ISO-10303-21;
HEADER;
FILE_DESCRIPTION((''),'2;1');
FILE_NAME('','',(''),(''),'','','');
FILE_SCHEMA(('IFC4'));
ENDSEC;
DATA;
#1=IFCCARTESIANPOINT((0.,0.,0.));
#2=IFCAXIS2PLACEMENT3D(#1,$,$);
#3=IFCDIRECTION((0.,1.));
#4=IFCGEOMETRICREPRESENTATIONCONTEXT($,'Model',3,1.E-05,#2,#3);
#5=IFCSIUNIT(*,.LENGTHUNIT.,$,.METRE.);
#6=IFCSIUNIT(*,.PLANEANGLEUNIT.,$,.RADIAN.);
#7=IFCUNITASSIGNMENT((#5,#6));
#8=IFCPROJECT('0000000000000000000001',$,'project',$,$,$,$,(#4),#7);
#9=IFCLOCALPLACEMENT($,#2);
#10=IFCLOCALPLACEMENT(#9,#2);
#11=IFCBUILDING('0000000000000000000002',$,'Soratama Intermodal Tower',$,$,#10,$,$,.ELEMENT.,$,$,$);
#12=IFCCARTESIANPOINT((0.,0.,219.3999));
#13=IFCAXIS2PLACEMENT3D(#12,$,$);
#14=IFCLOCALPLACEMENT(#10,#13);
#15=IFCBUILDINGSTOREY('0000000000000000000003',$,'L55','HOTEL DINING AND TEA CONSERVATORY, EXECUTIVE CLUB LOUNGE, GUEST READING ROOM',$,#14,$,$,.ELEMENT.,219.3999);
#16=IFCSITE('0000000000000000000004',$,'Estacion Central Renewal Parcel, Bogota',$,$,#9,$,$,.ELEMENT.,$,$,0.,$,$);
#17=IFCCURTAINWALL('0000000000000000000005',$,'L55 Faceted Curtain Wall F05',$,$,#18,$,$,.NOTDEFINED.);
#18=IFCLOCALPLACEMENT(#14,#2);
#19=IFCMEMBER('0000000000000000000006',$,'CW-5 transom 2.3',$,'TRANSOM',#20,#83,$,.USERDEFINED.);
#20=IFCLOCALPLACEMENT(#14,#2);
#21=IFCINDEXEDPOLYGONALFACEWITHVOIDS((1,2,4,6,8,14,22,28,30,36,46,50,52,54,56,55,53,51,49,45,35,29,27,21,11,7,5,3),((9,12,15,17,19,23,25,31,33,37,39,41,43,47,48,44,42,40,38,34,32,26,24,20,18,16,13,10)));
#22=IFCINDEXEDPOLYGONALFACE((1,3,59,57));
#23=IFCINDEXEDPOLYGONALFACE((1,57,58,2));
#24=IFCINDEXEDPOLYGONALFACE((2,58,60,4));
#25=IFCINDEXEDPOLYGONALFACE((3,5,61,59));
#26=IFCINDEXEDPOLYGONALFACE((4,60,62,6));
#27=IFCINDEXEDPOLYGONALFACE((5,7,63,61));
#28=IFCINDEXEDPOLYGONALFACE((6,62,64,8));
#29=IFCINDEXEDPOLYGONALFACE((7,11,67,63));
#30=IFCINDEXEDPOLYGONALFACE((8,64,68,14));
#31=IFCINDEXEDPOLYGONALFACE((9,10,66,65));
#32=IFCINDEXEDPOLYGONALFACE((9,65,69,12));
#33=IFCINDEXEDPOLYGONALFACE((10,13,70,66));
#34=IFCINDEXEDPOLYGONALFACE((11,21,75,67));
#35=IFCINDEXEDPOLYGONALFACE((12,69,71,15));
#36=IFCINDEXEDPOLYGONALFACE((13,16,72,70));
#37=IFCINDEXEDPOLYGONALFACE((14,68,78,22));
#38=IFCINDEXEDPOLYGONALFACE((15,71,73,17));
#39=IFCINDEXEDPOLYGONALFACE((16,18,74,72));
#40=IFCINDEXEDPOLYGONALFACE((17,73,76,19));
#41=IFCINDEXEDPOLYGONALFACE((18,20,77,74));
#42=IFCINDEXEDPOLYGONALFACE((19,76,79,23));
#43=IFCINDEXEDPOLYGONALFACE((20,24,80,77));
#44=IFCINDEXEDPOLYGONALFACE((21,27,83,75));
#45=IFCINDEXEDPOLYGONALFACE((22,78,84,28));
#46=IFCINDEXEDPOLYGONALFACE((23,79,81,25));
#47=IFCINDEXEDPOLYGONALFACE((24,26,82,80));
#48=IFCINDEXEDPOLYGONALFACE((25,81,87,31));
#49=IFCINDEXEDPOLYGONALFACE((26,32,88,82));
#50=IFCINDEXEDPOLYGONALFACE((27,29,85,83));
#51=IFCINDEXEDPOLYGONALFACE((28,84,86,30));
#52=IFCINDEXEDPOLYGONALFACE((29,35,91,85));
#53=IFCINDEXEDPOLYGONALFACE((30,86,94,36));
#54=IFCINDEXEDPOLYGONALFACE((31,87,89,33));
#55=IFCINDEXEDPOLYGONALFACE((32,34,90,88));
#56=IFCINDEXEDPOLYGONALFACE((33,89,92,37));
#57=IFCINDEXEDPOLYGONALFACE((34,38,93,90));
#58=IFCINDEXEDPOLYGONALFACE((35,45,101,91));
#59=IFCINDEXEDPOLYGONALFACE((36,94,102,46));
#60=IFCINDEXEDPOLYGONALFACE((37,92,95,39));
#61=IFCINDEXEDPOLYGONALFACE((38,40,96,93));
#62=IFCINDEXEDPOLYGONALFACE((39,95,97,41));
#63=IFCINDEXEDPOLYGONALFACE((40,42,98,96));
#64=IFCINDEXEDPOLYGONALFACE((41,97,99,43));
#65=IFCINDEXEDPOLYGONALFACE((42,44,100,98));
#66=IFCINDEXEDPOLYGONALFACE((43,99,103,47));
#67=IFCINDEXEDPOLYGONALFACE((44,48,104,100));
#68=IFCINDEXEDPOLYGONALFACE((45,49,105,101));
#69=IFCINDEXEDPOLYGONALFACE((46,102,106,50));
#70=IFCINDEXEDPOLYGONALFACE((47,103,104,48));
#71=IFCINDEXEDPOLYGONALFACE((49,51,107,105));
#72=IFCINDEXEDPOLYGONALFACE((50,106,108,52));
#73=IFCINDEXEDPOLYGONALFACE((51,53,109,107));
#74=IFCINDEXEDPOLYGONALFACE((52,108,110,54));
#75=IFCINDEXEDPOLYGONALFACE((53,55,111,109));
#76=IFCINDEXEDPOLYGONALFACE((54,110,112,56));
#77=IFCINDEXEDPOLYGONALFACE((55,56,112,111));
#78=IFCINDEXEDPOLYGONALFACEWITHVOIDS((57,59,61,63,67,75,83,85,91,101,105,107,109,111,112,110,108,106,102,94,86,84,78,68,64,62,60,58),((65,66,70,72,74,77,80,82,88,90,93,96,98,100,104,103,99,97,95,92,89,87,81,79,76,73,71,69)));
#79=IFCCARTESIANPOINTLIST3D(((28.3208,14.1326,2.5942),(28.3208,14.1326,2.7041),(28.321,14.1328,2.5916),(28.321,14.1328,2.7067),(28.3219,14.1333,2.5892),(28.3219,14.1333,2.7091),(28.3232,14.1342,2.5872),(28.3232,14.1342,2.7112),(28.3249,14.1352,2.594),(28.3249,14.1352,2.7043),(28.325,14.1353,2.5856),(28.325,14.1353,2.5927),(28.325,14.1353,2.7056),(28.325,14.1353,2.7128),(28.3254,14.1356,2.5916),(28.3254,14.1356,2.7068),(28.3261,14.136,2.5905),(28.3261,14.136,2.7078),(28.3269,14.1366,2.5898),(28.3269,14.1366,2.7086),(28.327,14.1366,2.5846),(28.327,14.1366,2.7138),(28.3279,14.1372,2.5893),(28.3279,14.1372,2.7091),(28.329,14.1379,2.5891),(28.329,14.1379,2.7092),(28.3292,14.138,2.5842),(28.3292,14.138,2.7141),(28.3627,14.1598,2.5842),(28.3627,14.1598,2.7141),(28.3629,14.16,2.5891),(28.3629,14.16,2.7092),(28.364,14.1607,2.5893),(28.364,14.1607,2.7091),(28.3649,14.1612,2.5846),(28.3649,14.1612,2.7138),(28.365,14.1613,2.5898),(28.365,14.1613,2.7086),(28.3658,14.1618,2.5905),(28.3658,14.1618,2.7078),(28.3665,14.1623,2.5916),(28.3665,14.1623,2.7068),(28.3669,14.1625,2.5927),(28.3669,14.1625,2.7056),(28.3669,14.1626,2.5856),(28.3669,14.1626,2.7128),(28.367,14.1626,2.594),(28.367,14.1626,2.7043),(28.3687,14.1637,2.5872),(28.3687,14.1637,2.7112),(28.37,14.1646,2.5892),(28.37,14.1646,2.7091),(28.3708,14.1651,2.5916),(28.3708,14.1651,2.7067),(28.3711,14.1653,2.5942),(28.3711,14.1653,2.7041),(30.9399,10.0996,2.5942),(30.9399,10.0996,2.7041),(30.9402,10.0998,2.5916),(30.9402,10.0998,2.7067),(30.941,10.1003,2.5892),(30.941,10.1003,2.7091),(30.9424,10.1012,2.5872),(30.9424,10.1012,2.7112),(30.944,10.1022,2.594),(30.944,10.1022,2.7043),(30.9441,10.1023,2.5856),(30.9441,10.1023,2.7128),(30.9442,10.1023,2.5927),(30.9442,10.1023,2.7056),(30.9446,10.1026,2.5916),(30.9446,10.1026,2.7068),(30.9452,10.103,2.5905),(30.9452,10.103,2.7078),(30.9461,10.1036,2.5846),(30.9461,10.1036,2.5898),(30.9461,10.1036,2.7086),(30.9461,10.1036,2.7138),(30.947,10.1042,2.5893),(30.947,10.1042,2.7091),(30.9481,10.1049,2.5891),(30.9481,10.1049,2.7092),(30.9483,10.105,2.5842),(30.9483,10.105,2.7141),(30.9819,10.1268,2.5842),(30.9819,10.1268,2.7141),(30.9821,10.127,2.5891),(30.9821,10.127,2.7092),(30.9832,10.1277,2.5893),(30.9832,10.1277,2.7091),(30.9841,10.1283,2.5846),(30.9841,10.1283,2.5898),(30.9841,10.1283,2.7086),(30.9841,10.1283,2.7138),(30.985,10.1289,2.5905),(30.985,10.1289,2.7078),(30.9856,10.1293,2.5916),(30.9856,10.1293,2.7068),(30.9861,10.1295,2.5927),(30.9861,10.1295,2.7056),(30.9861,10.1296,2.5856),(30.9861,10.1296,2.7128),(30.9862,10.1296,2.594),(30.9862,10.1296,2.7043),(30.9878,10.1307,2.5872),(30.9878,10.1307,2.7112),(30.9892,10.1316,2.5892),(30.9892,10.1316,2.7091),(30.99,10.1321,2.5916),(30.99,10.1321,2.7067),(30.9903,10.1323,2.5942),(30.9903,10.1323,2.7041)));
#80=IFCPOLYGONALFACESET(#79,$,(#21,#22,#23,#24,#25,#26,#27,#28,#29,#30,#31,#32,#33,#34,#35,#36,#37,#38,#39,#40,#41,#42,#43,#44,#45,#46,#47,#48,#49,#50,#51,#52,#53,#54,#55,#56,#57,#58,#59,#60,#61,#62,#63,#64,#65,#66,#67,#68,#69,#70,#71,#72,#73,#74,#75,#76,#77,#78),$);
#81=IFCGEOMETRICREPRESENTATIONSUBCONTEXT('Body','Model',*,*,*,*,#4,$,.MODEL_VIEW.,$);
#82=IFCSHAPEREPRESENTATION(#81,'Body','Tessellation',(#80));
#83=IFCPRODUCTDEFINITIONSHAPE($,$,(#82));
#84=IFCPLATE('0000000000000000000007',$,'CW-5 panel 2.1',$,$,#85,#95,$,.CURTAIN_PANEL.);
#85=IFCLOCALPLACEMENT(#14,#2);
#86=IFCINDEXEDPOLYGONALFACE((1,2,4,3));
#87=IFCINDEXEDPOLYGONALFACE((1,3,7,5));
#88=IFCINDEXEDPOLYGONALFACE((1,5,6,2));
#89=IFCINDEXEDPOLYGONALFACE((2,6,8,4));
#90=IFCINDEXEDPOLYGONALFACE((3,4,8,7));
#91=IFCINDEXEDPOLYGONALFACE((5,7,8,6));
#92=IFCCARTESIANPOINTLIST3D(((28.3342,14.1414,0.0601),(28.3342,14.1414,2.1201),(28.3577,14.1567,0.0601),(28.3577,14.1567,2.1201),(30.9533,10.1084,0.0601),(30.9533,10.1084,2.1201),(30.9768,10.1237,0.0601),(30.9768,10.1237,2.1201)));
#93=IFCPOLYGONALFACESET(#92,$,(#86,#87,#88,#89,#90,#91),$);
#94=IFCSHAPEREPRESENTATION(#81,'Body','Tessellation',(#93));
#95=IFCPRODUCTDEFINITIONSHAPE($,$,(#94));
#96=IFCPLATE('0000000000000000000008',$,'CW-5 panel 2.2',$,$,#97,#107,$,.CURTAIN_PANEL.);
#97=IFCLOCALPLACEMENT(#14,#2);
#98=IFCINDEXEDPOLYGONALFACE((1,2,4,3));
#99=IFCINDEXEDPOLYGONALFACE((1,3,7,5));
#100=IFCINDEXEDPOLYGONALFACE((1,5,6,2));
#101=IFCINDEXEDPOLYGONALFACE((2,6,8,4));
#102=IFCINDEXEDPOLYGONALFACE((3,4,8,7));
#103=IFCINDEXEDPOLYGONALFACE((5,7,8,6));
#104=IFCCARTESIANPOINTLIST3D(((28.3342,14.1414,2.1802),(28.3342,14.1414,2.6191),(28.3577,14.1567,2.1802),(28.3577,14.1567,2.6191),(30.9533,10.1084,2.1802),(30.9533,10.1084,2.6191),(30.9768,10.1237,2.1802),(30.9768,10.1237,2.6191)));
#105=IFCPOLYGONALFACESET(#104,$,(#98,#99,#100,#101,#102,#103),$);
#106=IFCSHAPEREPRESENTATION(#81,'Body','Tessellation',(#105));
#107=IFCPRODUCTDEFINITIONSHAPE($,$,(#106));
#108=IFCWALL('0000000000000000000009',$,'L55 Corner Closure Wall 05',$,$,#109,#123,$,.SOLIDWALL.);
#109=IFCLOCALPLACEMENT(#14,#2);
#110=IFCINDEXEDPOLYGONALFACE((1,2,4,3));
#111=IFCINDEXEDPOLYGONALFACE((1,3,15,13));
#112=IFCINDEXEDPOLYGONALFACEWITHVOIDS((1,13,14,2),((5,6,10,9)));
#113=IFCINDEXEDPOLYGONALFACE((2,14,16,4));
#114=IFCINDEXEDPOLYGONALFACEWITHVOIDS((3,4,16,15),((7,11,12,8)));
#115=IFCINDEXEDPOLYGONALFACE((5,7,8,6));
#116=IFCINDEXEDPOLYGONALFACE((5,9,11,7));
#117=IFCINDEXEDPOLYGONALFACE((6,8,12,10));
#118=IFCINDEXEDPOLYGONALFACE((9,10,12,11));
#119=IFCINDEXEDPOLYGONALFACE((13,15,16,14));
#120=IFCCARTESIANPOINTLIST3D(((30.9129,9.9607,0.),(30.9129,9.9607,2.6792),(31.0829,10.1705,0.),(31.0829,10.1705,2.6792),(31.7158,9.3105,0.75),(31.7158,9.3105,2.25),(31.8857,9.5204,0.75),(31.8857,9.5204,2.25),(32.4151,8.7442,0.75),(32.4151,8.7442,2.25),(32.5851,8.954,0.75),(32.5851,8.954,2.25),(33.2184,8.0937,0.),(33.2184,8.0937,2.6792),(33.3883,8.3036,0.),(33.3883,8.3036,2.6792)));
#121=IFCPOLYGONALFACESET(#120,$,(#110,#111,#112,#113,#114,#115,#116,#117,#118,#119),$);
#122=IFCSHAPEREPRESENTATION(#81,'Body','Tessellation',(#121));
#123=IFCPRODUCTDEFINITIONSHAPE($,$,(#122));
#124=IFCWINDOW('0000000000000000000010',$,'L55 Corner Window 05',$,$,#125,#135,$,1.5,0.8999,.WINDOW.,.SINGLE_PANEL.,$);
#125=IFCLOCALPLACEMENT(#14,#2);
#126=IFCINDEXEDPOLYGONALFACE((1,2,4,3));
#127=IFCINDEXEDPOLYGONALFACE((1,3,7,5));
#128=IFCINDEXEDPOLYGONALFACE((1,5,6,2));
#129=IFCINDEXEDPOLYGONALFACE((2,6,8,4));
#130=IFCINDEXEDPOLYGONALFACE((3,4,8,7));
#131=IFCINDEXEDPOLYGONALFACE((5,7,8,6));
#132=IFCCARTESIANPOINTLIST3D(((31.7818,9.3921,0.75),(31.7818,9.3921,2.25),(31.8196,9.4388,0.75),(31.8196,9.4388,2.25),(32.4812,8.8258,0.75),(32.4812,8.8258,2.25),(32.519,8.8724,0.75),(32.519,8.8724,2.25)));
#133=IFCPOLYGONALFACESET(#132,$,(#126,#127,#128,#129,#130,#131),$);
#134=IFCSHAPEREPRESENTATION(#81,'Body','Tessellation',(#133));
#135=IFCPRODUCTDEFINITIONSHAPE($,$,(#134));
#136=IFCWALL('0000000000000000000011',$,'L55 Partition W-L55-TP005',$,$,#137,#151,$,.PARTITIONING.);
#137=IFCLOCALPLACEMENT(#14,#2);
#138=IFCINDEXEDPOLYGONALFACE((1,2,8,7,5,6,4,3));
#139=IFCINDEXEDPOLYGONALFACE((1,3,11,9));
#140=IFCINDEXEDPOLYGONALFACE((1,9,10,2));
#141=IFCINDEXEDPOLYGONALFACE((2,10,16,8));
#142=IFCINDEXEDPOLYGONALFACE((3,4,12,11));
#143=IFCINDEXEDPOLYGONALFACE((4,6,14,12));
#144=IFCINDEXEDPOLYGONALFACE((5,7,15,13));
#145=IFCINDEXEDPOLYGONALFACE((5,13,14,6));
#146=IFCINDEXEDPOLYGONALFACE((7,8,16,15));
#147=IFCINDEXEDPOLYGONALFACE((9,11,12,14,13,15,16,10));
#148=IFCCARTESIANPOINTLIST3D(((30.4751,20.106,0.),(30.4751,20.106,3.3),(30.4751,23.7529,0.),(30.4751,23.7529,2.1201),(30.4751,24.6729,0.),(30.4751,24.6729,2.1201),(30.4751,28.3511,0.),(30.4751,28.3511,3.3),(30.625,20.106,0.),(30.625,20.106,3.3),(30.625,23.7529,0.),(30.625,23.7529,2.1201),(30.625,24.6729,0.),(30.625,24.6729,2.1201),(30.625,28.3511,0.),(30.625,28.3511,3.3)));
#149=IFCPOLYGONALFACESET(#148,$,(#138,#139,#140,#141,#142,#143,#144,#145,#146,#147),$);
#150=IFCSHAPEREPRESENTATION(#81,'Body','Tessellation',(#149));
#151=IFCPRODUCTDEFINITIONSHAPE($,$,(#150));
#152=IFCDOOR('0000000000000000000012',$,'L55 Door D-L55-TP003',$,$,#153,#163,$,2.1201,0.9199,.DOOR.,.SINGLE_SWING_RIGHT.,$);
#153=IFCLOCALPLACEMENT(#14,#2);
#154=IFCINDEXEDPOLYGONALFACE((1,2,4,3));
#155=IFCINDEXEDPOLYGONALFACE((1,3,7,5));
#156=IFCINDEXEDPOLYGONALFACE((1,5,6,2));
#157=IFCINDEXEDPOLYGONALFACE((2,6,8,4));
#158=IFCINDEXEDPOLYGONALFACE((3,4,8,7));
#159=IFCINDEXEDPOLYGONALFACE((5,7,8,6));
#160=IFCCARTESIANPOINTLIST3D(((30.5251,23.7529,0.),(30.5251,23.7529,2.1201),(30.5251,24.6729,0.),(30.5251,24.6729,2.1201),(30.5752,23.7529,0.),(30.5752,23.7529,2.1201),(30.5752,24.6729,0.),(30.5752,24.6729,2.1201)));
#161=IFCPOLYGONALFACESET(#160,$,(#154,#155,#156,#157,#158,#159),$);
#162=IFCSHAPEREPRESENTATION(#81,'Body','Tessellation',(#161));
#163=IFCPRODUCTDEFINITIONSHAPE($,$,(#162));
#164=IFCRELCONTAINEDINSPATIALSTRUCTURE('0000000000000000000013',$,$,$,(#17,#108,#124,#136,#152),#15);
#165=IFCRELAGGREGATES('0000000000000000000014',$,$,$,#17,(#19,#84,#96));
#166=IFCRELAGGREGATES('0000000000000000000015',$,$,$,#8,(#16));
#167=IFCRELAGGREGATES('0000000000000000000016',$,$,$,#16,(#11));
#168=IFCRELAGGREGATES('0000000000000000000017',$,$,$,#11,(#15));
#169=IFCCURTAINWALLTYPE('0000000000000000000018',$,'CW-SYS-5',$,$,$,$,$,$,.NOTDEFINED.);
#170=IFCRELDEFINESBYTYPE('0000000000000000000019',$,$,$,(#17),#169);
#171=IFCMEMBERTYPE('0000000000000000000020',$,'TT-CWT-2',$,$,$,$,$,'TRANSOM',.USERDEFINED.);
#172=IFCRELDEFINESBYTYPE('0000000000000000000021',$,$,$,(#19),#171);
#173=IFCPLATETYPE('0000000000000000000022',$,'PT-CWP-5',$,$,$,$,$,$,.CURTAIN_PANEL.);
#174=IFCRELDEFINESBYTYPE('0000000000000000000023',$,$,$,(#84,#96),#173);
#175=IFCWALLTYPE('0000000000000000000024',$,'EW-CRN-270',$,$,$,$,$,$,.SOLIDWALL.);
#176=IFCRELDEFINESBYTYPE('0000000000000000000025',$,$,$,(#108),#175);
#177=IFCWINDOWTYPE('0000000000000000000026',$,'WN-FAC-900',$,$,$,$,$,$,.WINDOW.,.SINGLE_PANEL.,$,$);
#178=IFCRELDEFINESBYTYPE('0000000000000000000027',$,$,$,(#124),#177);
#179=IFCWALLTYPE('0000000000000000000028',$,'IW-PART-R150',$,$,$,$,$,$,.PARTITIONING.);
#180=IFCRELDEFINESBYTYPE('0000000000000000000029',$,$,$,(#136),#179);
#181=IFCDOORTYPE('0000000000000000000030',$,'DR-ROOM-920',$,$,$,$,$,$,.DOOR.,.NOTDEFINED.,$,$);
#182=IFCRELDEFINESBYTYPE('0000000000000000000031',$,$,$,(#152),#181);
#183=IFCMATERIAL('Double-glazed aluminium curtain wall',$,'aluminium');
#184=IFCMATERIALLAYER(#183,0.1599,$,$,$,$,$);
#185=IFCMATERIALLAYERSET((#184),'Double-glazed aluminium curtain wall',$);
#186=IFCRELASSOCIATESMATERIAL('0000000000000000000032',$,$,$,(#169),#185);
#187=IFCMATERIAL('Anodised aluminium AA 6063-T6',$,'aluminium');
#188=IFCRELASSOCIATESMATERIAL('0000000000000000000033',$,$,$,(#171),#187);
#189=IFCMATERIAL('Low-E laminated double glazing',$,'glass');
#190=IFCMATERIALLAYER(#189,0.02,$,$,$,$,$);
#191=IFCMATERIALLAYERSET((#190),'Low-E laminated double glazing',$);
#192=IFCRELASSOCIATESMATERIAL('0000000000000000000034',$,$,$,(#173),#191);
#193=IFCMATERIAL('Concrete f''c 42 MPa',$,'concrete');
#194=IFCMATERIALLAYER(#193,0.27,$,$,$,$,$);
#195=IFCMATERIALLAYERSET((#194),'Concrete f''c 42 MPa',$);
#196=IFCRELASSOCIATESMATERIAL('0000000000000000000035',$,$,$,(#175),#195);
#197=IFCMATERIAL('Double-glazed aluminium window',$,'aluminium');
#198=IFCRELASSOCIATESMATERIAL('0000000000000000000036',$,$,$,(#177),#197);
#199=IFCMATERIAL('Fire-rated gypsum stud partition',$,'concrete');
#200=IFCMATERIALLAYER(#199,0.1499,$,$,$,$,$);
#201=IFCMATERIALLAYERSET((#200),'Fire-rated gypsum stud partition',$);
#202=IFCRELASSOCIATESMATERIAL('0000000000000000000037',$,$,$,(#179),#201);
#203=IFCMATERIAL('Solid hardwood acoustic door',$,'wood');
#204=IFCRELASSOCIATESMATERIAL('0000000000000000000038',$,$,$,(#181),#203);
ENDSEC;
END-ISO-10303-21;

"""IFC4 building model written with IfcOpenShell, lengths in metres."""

from ifc_helpers import new_model, si_unit, direction, frame, frame_2d, origin, origin_2d, place, context, subcontext, project, spatial, rectangle, hollow_rectangle, extrude, material, layer, layer_set, material_profile, profile_set, type_object, element, fill, aggregate, save


model = new_model("IFC4")

# Units and contexts
model_context = context("Model", 3, precision=1e-05, world=origin(), true_north=direction((0.0, 1.0)))
body_context = subcontext(model_context, "Body", "Model", "MODEL_VIEW")
ifc_project = project(units=[si_unit("LENGTHUNIT", "METRE"), si_unit("PLANEANGLEUNIT", "RADIAN")], contexts=[model_context])

# Site, building, storey
site_placement = place(None, origin())
site = spatial("IfcSite", under=ifc_project, at=site_placement, Name="Estacion Central Renewal Parcel, Bogota", CompositionType="ELEMENT", RefElevation=0.0)
building_placement = place(site_placement, origin())
building = spatial("IfcBuilding", under=site, at=building_placement, Name="Soratama Intermodal Tower", CompositionType="ELEMENT")
storey_placement = place(building_placement, frame((0.0, 0.0, 219.3999)))
storey = spatial("IfcBuildingStorey", under=building, at=storey_placement, Name="L55", Description="HOTEL DINING AND TEA CONSERVATORY, EXECUTIVE CLUB LOUNGE, GUEST READING ROOM", CompositionType="ELEMENT", Elevation=219.3999)

# Curtain wall, member, plates
ifc_material_1 = material(Name="Double-glazed aluminium curtain wall", Category="aluminium")
ifc_layer_1 = layer(ifc_material_1, 0.1599)
ifc_layer_set_1 = layer_set([ifc_layer_1], Name="Double-glazed aluminium curtain wall")
curtain_wall_type = type_object("IfcCurtainWallType", Name="CW-SYS-5", PredefinedType="NOTDEFINED", material=ifc_layer_set_1)
curtain_wall_placement = place(storey_placement, origin())
curtain_wall = element("IfcCurtainWall", 1, at=curtain_wall_placement, inside=storey, type_object=curtain_wall_type, Name="L55 Faceted Curtain Wall F05", PredefinedType="NOTDEFINED")
ifc_material_2 = material(Name="Anodised aluminium AA 6063-T6", Category="aluminium")
ifc_material_profile_1 = material_profile(ifc_material_2, hollow_rectangle(XDim=0.0601, YDim=0.1299, WallThickness=0.0049, InnerFilletRadius=0.0049, OuterFilletRadius=0.01, at=origin_2d()), Name="CWT130X60X5")
ifc_profile_set_1 = profile_set([ifc_material_profile_1], Name="Anodised aluminium AA 6063-T6")
member_type_1 = type_object("IfcMemberType", Name="TT-CWT-2", ElementType="TRANSOM", PredefinedType="USERDEFINED", material=ifc_profile_set_1)
member_1_placement = place(storey_placement, frame((28.3459, 14.1489, 2.6492), z_axis=(0.544655, -0.83866, 0.0), x_axis=(0.83866, 0.544655, 0.0)))
member_1 = element("IfcMember", 2, at=member_1_placement, type_object=member_type_1, Name="CW-5 transom 2.3", ObjectType="TRANSOM", PredefinedType="USERDEFINED", context=body_context, shape_type="SweptSolid", body=[
    extrude(hollow_rectangle(XDim=0.0601, YDim=0.1299, WallThickness=0.0049, InnerFilletRadius=0.0049, OuterFilletRadius=0.01, at=origin_2d()), origin(), (0.0, 0.0, 1.0), 4.8088),
])
ifc_material_3 = material(Name="Low-E laminated double glazing", Category="glass")
ifc_layer_2 = layer(ifc_material_3, 0.02)
ifc_layer_set_2 = layer_set([ifc_layer_2], Name="Low-E laminated double glazing")
plate_type = type_object("IfcPlateType", Name="PT-CWP-5", PredefinedType="CURTAIN_PANEL", material=ifc_layer_set_2)
plate_1_placement = place(storey_placement, frame((29.6555, 12.1326, 0.0601), z_axis=(0.0, 0.0, 1.0), x_axis=(0.54464, -0.83867, 0.0)))
plate_1 = element("IfcPlate", 3, at=plate_1_placement, type_object=plate_type, Name="CW-5 panel 2.1", PredefinedType="CURTAIN_PANEL", context=body_context, shape_type="SweptSolid", body=[
    extrude(rectangle(XDim=4.8088, YDim=0.0281, at=origin_2d()), origin(), (0.0, 0.0, 1.0), 2.0601),
])
plate_2_placement = place(storey_placement, frame((29.6555, 12.1326, 2.1802), z_axis=(0.0, 0.0, 1.0), x_axis=(0.54464, -0.83867, 0.0)))
plate_2 = element("IfcPlate", 4, at=plate_2_placement, type_object=plate_type, Name="CW-5 panel 2.2", PredefinedType="CURTAIN_PANEL", context=body_context, shape_type="SweptSolid", body=[
    extrude(rectangle(XDim=4.8088, YDim=0.0281, at=origin_2d()), origin(), (0.0, 0.0, 1.0), 0.439),
])
aggregate(curtain_wall, [member_1, plate_1, plate_2])

# Wall, opening, window
ifc_material_4 = material(Name="Concrete f'c 42 MPa", Category="concrete")
ifc_layer_3 = layer(ifc_material_4, 0.27)
ifc_layer_set_3 = layer_set([ifc_layer_3], Name="Concrete f'c 42 MPa")
wall_type_1 = type_object("IfcWallType", Name="EW-CRN-270", PredefinedType="SOLIDWALL", material=ifc_layer_set_3)
wall_1_placement = place(storey_placement, frame((30.9978, 10.0657, 0.0), z_axis=(0.0, 0.0, 1.0), x_axis=(0.777138, -0.629331, 0.0)))
wall_1 = element("IfcWall", 5, at=wall_1_placement, inside=storey, type_object=wall_type_1, Name="L55 Corner Closure Wall 05", PredefinedType="SOLIDWALL", context=body_context, shape_type="SweptSolid", body=[
    extrude(rectangle(XDim=2.9666, YDim=0.27, at=frame_2d((1.4834, 0.0))), origin(), (0.0, 0.0, 1.0), 2.6792),
])
opening_1_placement = place(wall_1_placement, frame((1.0332, 0.0, 0.75)))
opening_1 = element("IfcOpeningElement", 6, at=opening_1_placement, cuts=wall_1, PredefinedType="OPENING", context=body_context, shape_type="SweptSolid", body=[
    extrude(rectangle(XDim=0.8999, YDim=1.5, at=frame_2d((0.45, 0.75))), frame((0.0, 0.145, 0.0), z_axis=(0.0, -1.0, 0.0), x_axis=(1.0, 0.0, 0.0)), (0.0, 0.0, 1.0), 0.29),
])
ifc_material_5 = material(Name="Double-glazed aluminium window", Category="aluminium")
window_type = type_object("IfcWindowType", Name="WN-FAC-900", PartitioningType="SINGLE_PANEL", PredefinedType="WINDOW", material=ifc_material_5)
window_placement = place(opening_1_placement, origin())
window = element("IfcWindow", 7, at=window_placement, inside=storey, type_object=window_type, Name="L55 Corner Window 05", OverallHeight=1.5, OverallWidth=0.8999, PartitioningType="SINGLE_PANEL", PredefinedType="WINDOW", context=body_context, shape_type="SweptSolid", body=[
    extrude(rectangle(XDim=0.8999, YDim=1.5, at=frame_2d((0.45, 0.75))), frame((0.0, 0.03, 0.0), z_axis=(0.0, -1.0, 0.0), x_axis=(1.0, 0.0, 0.0)), (0.0, 0.0, 1.0), 0.0601),
])
fill(opening_1, window)

# Wall, opening, door
ifc_material_6 = material(Name="Fire-rated gypsum stud partition", Category="concrete")
ifc_layer_4 = layer(ifc_material_6, 0.1499)
ifc_layer_set_4 = layer_set([ifc_layer_4], Name="Fire-rated gypsum stud partition")
wall_type_2 = type_object("IfcWallType", Name="IW-PART-R150", PredefinedType="PARTITIONING", material=ifc_layer_set_4)
wall_2_placement = place(storey_placement, frame((30.55, 20.106, 0.0), z_axis=(0.0, 0.0, 1.0), x_axis=(0.0, 1.0, 0.0)))
wall_2 = element("IfcWall", 8, at=wall_2_placement, inside=storey, type_object=wall_type_2, Name="L55 Partition W-L55-TP005", PredefinedType="PARTITIONING", context=body_context, shape_type="SweptSolid", body=[
    extrude(rectangle(XDim=8.2451, YDim=0.1499, at=frame_2d((4.1226, 0.0))), origin(), (0.0, 0.0, 1.0), 3.3),
])
opening_2_placement = place(wall_2_placement, frame((3.647, 0.0, 0.0)))
opening_2 = element("IfcOpeningElement", 9, at=opening_2_placement, cuts=wall_2, PredefinedType="OPENING", context=body_context, shape_type="SweptSolid", body=[
    extrude(rectangle(XDim=0.9199, YDim=2.1201, at=frame_2d((0.46, 1.0601))), frame((0.0, 0.085, 0.0), z_axis=(0.0, -1.0, 0.0), x_axis=(1.0, 0.0, 0.0)), (0.0, 0.0, 1.0), 0.1699),
])
ifc_material_7 = material(Name="Solid hardwood acoustic door", Category="wood")
door_type = type_object("IfcDoorType", Name="DR-ROOM-920", OperationType="NOTDEFINED", PredefinedType="DOOR", material=ifc_material_7)
door_1_placement = place(opening_2_placement, origin())
door_1 = element("IfcDoor", 10, at=door_1_placement, inside=storey, type_object=door_type, Name="L55 Door D-L55-TP003", OperationType="SINGLE_SWING_RIGHT", OverallHeight=2.1201, OverallWidth=0.9199, PredefinedType="DOOR", context=body_context, shape_type="SweptSolid", body=[
    extrude(rectangle(XDim=0.9199, YDim=2.1201, at=frame_2d((0.46, 1.0601))), frame((0.0, 0.0249, 0.0), z_axis=(0.0, -1.0, 0.0), x_axis=(1.0, 0.0, 0.0)), (0.0, 0.0, 1.0), 0.05),
])
fill(opening_2, door_1)

save(model, "model.ifc")
